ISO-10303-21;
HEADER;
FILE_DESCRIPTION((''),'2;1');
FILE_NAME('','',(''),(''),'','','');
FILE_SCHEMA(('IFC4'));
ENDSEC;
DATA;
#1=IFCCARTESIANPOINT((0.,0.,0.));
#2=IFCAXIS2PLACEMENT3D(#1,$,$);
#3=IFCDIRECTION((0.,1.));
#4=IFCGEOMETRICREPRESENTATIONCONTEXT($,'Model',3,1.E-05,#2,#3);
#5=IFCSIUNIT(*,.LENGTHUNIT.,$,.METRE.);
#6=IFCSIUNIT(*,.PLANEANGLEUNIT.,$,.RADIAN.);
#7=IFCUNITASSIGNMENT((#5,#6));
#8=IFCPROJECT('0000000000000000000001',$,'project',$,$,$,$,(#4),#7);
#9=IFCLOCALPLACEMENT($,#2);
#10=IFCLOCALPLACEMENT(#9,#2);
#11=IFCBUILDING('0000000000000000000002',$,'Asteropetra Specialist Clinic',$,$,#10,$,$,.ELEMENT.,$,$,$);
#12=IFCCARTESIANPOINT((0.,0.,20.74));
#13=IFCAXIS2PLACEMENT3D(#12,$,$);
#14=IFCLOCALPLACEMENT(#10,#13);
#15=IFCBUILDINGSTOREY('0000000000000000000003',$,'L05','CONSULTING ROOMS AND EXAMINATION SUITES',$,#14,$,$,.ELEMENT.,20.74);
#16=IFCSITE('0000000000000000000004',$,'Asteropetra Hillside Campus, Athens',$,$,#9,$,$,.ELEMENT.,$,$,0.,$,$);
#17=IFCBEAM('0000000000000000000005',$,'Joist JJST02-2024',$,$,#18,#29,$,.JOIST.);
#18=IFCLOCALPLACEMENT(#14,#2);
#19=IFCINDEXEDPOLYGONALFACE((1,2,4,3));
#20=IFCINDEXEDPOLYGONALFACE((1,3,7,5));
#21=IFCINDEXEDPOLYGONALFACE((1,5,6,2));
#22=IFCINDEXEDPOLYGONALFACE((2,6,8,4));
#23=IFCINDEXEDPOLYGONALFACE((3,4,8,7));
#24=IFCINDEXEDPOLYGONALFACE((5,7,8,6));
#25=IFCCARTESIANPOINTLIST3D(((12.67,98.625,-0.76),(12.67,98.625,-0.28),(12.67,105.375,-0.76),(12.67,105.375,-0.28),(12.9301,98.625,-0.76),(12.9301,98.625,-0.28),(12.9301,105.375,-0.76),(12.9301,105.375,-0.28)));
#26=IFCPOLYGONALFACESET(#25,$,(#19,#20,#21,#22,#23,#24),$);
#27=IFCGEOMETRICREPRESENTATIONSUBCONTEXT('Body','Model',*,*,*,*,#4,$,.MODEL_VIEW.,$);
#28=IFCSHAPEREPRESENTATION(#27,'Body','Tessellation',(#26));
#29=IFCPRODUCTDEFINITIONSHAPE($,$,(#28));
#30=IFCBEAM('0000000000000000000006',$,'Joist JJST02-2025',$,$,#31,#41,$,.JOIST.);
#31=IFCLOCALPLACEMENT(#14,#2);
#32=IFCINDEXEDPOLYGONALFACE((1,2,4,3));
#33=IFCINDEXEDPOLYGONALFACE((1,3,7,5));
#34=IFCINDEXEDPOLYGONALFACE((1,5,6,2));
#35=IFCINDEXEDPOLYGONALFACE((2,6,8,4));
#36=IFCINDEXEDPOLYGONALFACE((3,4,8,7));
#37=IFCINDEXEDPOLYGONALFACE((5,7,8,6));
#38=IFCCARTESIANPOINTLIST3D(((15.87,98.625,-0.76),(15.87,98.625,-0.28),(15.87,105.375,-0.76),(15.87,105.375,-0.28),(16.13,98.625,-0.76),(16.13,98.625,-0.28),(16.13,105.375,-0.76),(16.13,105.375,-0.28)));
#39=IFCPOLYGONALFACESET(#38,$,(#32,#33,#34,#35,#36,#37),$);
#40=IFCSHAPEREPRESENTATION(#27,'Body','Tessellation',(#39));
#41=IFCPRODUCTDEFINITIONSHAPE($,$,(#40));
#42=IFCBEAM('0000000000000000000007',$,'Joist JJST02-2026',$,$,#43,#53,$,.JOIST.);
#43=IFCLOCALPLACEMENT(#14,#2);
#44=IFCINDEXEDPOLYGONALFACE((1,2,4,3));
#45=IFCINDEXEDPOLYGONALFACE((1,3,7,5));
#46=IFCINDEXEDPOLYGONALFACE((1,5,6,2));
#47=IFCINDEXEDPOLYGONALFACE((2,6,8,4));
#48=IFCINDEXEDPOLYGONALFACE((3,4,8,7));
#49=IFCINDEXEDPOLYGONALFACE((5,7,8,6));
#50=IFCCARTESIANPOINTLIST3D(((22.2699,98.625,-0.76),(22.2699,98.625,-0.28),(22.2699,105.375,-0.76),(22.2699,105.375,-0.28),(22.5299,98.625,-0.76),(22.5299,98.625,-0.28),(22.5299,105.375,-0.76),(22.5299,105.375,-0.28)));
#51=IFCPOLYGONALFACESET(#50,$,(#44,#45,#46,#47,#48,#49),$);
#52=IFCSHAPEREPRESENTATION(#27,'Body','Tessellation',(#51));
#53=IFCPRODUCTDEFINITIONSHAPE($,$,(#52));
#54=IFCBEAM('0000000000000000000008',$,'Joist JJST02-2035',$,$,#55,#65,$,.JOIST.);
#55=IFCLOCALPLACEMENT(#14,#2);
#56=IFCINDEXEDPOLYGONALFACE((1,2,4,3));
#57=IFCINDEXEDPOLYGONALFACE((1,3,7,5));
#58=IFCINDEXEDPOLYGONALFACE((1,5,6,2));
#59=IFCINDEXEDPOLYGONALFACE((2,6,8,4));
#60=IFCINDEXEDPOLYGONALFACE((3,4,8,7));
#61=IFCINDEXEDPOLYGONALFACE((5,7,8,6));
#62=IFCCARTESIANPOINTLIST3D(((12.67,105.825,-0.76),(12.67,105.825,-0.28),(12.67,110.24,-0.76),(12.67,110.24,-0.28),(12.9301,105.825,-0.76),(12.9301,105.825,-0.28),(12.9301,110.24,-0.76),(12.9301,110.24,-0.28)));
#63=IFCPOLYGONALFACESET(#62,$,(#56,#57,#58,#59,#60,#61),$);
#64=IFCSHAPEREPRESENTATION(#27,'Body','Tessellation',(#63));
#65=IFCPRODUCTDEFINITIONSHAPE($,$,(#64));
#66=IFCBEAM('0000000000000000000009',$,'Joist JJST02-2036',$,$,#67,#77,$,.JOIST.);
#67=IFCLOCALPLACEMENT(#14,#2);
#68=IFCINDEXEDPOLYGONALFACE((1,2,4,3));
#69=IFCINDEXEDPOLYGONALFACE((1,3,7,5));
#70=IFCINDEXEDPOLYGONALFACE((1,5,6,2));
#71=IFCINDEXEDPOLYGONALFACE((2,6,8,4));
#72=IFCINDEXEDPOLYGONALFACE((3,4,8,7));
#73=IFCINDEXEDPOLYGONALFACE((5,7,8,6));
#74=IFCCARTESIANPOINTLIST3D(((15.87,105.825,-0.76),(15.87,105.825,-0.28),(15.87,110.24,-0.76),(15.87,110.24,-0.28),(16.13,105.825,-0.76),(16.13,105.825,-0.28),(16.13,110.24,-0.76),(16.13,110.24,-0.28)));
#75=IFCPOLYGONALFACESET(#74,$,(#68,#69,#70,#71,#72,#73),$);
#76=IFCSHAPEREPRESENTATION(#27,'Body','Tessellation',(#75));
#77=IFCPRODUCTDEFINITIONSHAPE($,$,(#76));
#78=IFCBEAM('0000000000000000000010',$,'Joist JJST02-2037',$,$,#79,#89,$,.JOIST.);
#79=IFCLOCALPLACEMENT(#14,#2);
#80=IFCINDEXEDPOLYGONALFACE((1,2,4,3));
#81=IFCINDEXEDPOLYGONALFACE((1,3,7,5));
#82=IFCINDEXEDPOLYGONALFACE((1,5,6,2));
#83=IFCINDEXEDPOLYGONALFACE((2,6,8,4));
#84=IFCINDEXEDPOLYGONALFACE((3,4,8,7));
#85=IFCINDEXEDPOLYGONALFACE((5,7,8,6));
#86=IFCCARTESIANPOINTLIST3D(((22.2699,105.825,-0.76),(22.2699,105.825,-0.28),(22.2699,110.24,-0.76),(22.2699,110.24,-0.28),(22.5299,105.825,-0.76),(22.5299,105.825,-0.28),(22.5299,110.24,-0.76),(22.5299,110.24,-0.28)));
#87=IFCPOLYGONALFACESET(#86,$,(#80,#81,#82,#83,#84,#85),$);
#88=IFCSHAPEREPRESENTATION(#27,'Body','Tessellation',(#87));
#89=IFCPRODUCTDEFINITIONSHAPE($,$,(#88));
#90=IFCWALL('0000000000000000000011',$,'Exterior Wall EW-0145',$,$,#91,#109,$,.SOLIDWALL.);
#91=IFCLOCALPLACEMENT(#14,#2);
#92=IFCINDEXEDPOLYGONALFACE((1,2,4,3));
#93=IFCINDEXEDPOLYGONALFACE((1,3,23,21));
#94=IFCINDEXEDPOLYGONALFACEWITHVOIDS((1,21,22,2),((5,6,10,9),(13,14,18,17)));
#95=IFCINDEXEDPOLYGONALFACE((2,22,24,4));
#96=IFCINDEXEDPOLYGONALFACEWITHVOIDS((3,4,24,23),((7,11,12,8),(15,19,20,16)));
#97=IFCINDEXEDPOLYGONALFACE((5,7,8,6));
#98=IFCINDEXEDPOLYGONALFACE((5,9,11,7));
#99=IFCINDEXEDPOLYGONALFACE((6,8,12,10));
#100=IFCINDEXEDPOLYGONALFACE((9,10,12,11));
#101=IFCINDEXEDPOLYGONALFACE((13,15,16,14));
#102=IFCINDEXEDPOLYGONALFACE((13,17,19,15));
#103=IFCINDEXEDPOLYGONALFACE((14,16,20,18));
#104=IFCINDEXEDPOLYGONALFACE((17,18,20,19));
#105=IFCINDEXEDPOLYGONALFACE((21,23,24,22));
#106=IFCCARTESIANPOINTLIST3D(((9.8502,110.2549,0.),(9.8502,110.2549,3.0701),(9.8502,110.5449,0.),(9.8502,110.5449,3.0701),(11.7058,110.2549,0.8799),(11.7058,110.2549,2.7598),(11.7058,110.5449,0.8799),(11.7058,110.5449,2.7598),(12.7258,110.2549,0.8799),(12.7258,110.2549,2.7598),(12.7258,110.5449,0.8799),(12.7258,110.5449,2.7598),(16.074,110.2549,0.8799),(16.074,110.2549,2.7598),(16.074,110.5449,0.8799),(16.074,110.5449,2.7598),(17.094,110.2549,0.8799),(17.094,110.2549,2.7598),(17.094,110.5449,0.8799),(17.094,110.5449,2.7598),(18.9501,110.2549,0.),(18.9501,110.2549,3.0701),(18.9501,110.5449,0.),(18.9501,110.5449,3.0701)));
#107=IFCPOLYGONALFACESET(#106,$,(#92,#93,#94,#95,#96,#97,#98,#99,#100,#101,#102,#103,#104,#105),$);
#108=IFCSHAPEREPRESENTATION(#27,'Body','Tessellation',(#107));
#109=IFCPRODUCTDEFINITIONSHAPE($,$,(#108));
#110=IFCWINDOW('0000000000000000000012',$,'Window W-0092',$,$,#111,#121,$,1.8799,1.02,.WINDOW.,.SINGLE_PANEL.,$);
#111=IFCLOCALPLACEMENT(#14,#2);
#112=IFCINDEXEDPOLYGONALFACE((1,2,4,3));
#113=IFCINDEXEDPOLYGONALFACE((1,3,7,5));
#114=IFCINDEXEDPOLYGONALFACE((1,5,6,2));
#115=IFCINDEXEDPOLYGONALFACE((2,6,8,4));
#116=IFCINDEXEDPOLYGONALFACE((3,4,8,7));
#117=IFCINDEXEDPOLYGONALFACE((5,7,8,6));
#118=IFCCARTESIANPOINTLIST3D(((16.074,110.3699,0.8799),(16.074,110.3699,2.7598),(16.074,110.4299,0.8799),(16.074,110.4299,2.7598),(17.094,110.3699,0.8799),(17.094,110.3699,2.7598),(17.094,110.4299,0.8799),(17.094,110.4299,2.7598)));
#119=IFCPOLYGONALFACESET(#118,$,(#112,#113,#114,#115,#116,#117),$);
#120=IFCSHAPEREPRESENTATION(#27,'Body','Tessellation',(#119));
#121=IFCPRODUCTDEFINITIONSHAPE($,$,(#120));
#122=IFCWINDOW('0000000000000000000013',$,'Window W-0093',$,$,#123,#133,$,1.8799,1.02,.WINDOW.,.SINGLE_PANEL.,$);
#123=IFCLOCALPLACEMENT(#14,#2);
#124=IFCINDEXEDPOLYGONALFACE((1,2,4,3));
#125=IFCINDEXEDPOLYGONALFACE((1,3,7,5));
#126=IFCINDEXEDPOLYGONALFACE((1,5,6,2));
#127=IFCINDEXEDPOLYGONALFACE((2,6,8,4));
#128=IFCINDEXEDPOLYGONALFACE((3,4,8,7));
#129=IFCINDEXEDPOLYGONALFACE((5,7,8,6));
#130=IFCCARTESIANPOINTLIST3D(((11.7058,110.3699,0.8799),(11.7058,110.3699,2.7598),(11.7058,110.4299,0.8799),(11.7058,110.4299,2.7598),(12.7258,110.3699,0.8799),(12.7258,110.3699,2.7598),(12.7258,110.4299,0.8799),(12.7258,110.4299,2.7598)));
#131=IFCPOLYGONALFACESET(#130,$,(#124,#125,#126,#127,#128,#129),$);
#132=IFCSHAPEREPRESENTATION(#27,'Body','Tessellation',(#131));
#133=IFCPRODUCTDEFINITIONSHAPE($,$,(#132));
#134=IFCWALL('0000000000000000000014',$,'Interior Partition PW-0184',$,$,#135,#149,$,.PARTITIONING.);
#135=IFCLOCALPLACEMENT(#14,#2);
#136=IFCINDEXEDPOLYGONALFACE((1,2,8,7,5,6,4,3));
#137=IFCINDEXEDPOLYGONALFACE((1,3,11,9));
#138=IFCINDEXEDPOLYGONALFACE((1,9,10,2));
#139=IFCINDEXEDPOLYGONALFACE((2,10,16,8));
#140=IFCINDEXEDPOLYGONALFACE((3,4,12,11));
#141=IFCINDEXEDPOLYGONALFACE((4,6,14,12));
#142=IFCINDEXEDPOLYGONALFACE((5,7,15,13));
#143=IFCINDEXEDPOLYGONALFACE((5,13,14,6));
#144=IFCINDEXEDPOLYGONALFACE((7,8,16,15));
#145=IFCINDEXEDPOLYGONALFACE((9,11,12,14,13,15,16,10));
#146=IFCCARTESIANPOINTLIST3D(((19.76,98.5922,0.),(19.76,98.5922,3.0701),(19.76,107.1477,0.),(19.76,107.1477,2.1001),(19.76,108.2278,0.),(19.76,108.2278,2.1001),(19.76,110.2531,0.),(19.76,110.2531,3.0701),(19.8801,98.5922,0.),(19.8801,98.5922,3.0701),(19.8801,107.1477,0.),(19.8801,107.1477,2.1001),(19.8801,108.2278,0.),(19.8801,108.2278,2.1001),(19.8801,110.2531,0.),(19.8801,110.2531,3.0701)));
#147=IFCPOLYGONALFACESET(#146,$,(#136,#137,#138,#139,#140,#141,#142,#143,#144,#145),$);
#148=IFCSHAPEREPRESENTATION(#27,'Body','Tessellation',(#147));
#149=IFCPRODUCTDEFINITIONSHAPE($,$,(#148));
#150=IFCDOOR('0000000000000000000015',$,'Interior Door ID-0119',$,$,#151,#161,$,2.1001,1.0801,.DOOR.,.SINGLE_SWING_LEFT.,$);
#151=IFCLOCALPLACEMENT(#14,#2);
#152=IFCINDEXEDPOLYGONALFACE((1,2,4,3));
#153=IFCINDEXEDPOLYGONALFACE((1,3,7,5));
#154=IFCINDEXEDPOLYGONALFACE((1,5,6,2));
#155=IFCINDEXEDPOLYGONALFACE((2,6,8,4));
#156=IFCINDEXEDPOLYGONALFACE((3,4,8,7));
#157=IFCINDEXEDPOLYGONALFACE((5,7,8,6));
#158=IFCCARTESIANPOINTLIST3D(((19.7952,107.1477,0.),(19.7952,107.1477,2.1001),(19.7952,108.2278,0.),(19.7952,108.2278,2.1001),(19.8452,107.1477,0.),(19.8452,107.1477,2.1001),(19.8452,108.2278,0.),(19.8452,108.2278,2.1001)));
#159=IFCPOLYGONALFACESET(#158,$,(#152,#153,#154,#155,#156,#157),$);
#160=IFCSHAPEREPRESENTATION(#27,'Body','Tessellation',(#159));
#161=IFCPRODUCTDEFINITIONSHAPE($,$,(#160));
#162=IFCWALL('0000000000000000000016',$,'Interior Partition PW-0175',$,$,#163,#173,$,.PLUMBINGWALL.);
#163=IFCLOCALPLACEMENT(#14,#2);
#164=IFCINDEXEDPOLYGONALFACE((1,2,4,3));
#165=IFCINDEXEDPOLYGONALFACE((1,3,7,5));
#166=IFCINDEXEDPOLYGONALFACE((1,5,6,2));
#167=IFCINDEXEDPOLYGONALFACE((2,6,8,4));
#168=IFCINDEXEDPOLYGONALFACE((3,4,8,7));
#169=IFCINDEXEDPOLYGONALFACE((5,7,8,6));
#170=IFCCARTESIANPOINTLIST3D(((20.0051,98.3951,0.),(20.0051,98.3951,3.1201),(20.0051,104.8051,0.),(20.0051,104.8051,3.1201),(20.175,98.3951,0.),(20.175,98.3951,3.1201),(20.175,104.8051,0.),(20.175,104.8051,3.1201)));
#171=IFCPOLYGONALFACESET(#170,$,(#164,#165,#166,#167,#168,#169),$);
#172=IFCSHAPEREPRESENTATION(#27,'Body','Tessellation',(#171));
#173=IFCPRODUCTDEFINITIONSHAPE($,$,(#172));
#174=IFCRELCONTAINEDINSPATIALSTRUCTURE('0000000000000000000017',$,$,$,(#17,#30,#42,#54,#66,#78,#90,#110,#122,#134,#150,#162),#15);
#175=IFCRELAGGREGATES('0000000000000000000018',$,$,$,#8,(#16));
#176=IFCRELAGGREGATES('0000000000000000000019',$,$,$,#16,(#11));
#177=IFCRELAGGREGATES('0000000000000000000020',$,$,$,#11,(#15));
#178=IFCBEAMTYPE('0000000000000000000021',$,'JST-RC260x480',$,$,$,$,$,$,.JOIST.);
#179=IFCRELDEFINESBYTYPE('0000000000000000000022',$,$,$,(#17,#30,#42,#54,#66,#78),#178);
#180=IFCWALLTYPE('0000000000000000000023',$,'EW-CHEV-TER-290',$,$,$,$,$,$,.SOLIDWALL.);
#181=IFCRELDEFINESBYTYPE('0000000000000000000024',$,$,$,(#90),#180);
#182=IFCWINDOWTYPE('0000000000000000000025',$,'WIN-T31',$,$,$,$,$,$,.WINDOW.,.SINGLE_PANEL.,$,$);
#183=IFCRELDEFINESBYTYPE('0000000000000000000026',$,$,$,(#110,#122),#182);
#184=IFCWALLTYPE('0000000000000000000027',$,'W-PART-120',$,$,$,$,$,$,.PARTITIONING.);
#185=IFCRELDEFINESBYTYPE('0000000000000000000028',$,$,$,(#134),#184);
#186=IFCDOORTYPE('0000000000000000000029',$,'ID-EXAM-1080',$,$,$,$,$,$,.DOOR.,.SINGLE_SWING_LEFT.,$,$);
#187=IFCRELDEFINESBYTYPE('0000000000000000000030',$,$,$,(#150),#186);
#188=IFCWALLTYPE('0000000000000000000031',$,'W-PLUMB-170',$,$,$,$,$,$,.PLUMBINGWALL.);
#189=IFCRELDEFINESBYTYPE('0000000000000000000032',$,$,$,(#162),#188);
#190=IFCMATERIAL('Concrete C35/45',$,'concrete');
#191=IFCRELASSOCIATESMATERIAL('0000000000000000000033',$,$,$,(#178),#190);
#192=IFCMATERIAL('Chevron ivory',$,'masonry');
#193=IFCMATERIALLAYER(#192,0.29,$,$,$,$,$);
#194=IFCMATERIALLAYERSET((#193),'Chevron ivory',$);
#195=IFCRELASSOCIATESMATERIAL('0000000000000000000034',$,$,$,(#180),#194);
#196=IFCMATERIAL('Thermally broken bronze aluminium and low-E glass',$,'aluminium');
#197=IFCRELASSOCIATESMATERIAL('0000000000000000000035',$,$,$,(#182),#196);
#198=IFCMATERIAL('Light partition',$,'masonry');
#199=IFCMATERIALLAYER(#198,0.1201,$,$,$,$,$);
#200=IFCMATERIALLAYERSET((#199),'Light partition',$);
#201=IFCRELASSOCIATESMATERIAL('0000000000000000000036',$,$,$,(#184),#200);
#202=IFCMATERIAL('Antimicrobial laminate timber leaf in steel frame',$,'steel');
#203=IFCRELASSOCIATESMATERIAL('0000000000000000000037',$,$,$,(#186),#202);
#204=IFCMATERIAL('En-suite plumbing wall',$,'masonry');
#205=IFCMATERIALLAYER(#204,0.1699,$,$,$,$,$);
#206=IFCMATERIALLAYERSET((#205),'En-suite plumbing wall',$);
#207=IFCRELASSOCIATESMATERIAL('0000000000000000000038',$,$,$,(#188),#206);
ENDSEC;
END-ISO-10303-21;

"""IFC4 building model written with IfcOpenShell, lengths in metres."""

from ifc_helpers import new_model, si_unit, direction, frame, frame_2d, origin, origin_2d, place, context, subcontext, project, spatial, rectangle, extrude, material, layer, layer_set, material_profile, profile_set, type_object, element, fill, save


model = new_model("IFC4")

# Units and contexts
model_context = context("Model", 3, precision=1e-05, world=origin(), true_north=direction((0.0, 1.0)))
body_context = subcontext(model_context, "Body", "Model", "MODEL_VIEW")
ifc_project = project(units=[si_unit("LENGTHUNIT", "METRE"), si_unit("PLANEANGLEUNIT", "RADIAN")], contexts=[model_context])

# Site, building, storey
site_placement = place(None, origin())
site = spatial("IfcSite", under=ifc_project, at=site_placement, Name="Asteropetra Hillside Campus, Athens", CompositionType="ELEMENT", RefElevation=0.0)
building_placement = place(site_placement, origin())
building = spatial("IfcBuilding", under=site, at=building_placement, Name="Asteropetra Specialist Clinic", CompositionType="ELEMENT")
storey_placement = place(building_placement, frame((0.0, 0.0, 20.74)))
storey = spatial("IfcBuildingStorey", under=building, at=storey_placement, Name="L05", Description="CONSULTING ROOMS AND EXAMINATION SUITES", CompositionType="ELEMENT", Elevation=20.74)

# Beams
ifc_material_1 = material(Name="Concrete C35/45", Category="concrete")
ifc_material_profile_1 = material_profile(ifc_material_1, rectangle(XDim=0.26, YDim=0.48, at=origin_2d()), Name="RCJ 260x480")
ifc_profile_set_1 = profile_set([ifc_material_profile_1], Name="Concrete C35/45")
beam_type_1 = type_object("IfcBeamType", Name="JST-RC260x480", PredefinedType="JOIST", material=ifc_profile_set_1)
for number, where, z_axis, x_axis, name in (
    (1, (12.8, 98.625, -0.52), (0.0, 1.0, 0.0), (-1.0, 0.0, 0.0), "Joist JJST02-2024"),
    (2, (16.0, 98.625, -0.52), (0.0, 1.0, 0.0), (-1.0, 0.0, 0.0), "Joist JJST02-2025"),
    (3, (22.3999, 98.625, -0.52), (0.0, 1.0, 0.0), (-1.0, 0.0, 0.0), "Joist JJST02-2026"),
):
    element("IfcBeam", number, at=place(storey_placement, frame(where, z_axis=z_axis, x_axis=x_axis)), inside=storey, type_object=beam_type_1, Name=name, PredefinedType="JOIST", context=body_context, shape_type="SweptSolid", body=[
        extrude(rectangle(XDim=0.26, YDim=0.48, at=origin_2d()), origin(), (0.0, 0.0, 1.0), 6.75),
    ])
for number, where, z_axis, x_axis, name in (
    (4, (12.8, 105.825, -0.52), (0.0, 1.0, 0.0), (-1.0, 0.0, 0.0), "Joist JJST02-2035"),
    (5, (16.0, 105.825, -0.52), (0.0, 1.0, 0.0), (-1.0, 0.0, 0.0), "Joist JJST02-2036"),
    (6, (22.3999, 105.825, -0.52), (0.0, 1.0, 0.0), (-1.0, 0.0, 0.0), "Joist JJST02-2037"),
):
    element("IfcBeam", number, at=place(storey_placement, frame(where, z_axis=z_axis, x_axis=x_axis)), inside=storey, type_object=beam_type_1, Name=name, PredefinedType="JOIST", context=body_context, shape_type="SweptSolid", body=[
        extrude(rectangle(XDim=0.26, YDim=0.48, at=origin_2d()), origin(), (0.0, 0.0, 1.0), 4.415),
    ])

# Wall, openings, windows
ifc_material_2 = material(Name="Chevron ivory", Category="masonry")
ifc_layer_1 = layer(ifc_material_2, 0.29)
ifc_layer_set_1 = layer_set([ifc_layer_1], Name="Chevron ivory")
wall_type_1 = type_object("IfcWallType", Name="EW-CHEV-TER-290", PredefinedType="SOLIDWALL", material=ifc_layer_set_1)
wall_1_placement = place(storey_placement, frame((18.95, 110.3999, 0.0), z_axis=(0.0, 0.0, 1.0), x_axis=(-1.0, 0.0, 0.0)))
wall_1 = element("IfcWall", 7, at=wall_1_placement, inside=storey, type_object=wall_type_1, Name="Exterior Wall EW-0145", PredefinedType="SOLIDWALL", context=body_context, shape_type="SweptSolid", body=[
    extrude(rectangle(XDim=9.0999, YDim=0.29, at=frame_2d((4.5498, 0.0))), origin(), (0.0, 0.0, 1.0), 3.0701),
])
opening_1_placement = place(wall_1_placement, frame((1.856, 0.0, 0.8799)))
opening_1 = element("IfcOpeningElement", 8, at=opening_1_placement, cuts=wall_1, PredefinedType="OPENING", context=body_context, shape_type="SweptSolid", body=[
    extrude(rectangle(XDim=1.02, YDim=1.8799, at=frame_2d((0.51, 0.9399))), frame((0.0, 0.155, 0.0), z_axis=(0.0, -1.0, 0.0), x_axis=(1.0, 0.0, 0.0)), (0.0, 0.0, 1.0), 0.3101),
])
opening_2_placement = place(wall_1_placement, frame((6.2241, 0.0, 0.8799)))
opening_2 = element("IfcOpeningElement", 9, at=opening_2_placement, cuts=wall_1, PredefinedType="OPENING", context=body_context, shape_type="SweptSolid", body=[
    extrude(rectangle(XDim=1.02, YDim=1.8799, at=frame_2d((0.51, 0.9399))), frame((0.0, 0.155, 0.0), z_axis=(0.0, -1.0, 0.0), x_axis=(1.0, 0.0, 0.0)), (0.0, 0.0, 1.0), 0.3101),
])
ifc_material_3 = material(Name="Thermally broken bronze aluminium and low-E glass", Category="aluminium")
window_type = type_object("IfcWindowType", Name="WIN-T31", PartitioningType="SINGLE_PANEL", PredefinedType="WINDOW", material=ifc_material_3)
window_1_placement = place(opening_1_placement, origin())
window_1 = element("IfcWindow", 10, at=window_1_placement, inside=storey, type_object=window_type, Name="Window W-0092", OverallHeight=1.8799, OverallWidth=1.02, PartitioningType="SINGLE_PANEL", PredefinedType="WINDOW", context=body_context, shape_type="SweptSolid", body=[
    extrude(rectangle(XDim=1.02, YDim=1.8799, at=frame_2d((0.51, 0.9399))), frame((0.0, 0.03, 0.0), z_axis=(0.0, -1.0, 0.0), x_axis=(1.0, 0.0, 0.0)), (0.0, 0.0, 1.0), 0.0601),
])
fill(opening_1, window_1)
window_2_placement = place(opening_2_placement, origin())
window_2 = element("IfcWindow", 11, at=window_2_placement, inside=storey, type_object=window_type, Name="Window W-0093", OverallHeight=1.8799, OverallWidth=1.02, PartitioningType="SINGLE_PANEL", PredefinedType="WINDOW", context=body_context, shape_type="SweptSolid", body=[
    extrude(rectangle(XDim=1.02, YDim=1.8799, at=frame_2d((0.51, 0.9399))), frame((0.0, 0.03, 0.0), z_axis=(0.0, -1.0, 0.0), x_axis=(1.0, 0.0, 0.0)), (0.0, 0.0, 1.0), 0.0601),
])
fill(opening_2, window_2)

# Wall, opening, door
ifc_material_4 = material(Name="Light partition", Category="masonry")
ifc_layer_2 = layer(ifc_material_4, 0.1201)
ifc_layer_set_2 = layer_set([ifc_layer_2], Name="Light partition")
wall_type_2 = type_object("IfcWallType", Name="W-PART-120", PredefinedType="PARTITIONING", material=ifc_layer_set_2)
wall_2_placement = place(storey_placement, frame((19.8201, 98.592, 0.0), z_axis=(0.0, 0.0, 1.0), x_axis=(0.0, 1.0, 0.0)))
wall_2 = element("IfcWall", 12, at=wall_2_placement, inside=storey, type_object=wall_type_2, Name="Interior Partition PW-0184", PredefinedType="PARTITIONING", context=body_context, shape_type="SweptSolid", body=[
    extrude(rectangle(XDim=11.6609, YDim=0.1201, at=frame_2d((5.8306, 0.0))), origin(), (0.0, 0.0, 1.0), 3.0701),
])
opening_3_placement = place(wall_2_placement, frame((8.5557, 0.0, 0.0)))
opening_3 = element("IfcOpeningElement", 13, at=opening_3_placement, cuts=wall_2, PredefinedType="OPENING", context=body_context, shape_type="SweptSolid", body=[
    extrude(rectangle(XDim=1.0801, YDim=2.1001, at=frame_2d((0.54, 1.05))), frame((0.0, 0.0701, 0.0), z_axis=(0.0, -1.0, 0.0), x_axis=(1.0, 0.0, 0.0)), (0.0, 0.0, 1.0), 0.1401),
])
ifc_material_5 = material(Name="Antimicrobial laminate timber leaf in steel frame", Category="steel")
door_type_1 = type_object("IfcDoorType", Name="ID-EXAM-1080", OperationType="SINGLE_SWING_LEFT", PredefinedType="DOOR", material=ifc_material_5)
door_1_placement = place(opening_3_placement, origin())
door_1 = element("IfcDoor", 14, at=door_1_placement, inside=storey, type_object=door_type_1, Name="Interior Door ID-0119", OperationType="SINGLE_SWING_LEFT", OverallHeight=2.1001, OverallWidth=1.0801, PredefinedType="DOOR", context=body_context, shape_type="SweptSolid", body=[
    extrude(rectangle(XDim=1.0801, YDim=2.1001, at=frame_2d((0.54, 1.05))), frame((0.0, 0.0249, 0.0), z_axis=(0.0, -1.0, 0.0), x_axis=(1.0, 0.0, 0.0)), (0.0, 0.0, 1.0), 0.05),
])
fill(opening_3, door_1)

# Wall
ifc_material_6 = material(Name="En-suite plumbing wall", Category="masonry")
ifc_layer_3 = layer(ifc_material_6, 0.1699)
ifc_layer_set_3 = layer_set([ifc_layer_3], Name="En-suite plumbing wall")
wall_type_3 = type_object("IfcWallType", Name="W-PLUMB-170", PredefinedType="PLUMBINGWALL", material=ifc_layer_set_3)
wall_3_placement = place(storey_placement, frame((20.0901, 98.395, 0.0), z_axis=(0.0, 0.0, 1.0), x_axis=(0.0, 1.0, 0.0)))
element("IfcWall", 15, at=wall_3_placement, inside=storey, type_object=wall_type_3, Name="Interior Partition PW-0175", PredefinedType="PLUMBINGWALL", context=body_context, shape_type="SweptSolid", body=[
    extrude(rectangle(XDim=6.4099, YDim=0.1699, at=frame_2d((3.2051, 0.0))), origin(), (0.0, 0.0, 1.0), 3.1201),
])

save(model, "model.ifc")
